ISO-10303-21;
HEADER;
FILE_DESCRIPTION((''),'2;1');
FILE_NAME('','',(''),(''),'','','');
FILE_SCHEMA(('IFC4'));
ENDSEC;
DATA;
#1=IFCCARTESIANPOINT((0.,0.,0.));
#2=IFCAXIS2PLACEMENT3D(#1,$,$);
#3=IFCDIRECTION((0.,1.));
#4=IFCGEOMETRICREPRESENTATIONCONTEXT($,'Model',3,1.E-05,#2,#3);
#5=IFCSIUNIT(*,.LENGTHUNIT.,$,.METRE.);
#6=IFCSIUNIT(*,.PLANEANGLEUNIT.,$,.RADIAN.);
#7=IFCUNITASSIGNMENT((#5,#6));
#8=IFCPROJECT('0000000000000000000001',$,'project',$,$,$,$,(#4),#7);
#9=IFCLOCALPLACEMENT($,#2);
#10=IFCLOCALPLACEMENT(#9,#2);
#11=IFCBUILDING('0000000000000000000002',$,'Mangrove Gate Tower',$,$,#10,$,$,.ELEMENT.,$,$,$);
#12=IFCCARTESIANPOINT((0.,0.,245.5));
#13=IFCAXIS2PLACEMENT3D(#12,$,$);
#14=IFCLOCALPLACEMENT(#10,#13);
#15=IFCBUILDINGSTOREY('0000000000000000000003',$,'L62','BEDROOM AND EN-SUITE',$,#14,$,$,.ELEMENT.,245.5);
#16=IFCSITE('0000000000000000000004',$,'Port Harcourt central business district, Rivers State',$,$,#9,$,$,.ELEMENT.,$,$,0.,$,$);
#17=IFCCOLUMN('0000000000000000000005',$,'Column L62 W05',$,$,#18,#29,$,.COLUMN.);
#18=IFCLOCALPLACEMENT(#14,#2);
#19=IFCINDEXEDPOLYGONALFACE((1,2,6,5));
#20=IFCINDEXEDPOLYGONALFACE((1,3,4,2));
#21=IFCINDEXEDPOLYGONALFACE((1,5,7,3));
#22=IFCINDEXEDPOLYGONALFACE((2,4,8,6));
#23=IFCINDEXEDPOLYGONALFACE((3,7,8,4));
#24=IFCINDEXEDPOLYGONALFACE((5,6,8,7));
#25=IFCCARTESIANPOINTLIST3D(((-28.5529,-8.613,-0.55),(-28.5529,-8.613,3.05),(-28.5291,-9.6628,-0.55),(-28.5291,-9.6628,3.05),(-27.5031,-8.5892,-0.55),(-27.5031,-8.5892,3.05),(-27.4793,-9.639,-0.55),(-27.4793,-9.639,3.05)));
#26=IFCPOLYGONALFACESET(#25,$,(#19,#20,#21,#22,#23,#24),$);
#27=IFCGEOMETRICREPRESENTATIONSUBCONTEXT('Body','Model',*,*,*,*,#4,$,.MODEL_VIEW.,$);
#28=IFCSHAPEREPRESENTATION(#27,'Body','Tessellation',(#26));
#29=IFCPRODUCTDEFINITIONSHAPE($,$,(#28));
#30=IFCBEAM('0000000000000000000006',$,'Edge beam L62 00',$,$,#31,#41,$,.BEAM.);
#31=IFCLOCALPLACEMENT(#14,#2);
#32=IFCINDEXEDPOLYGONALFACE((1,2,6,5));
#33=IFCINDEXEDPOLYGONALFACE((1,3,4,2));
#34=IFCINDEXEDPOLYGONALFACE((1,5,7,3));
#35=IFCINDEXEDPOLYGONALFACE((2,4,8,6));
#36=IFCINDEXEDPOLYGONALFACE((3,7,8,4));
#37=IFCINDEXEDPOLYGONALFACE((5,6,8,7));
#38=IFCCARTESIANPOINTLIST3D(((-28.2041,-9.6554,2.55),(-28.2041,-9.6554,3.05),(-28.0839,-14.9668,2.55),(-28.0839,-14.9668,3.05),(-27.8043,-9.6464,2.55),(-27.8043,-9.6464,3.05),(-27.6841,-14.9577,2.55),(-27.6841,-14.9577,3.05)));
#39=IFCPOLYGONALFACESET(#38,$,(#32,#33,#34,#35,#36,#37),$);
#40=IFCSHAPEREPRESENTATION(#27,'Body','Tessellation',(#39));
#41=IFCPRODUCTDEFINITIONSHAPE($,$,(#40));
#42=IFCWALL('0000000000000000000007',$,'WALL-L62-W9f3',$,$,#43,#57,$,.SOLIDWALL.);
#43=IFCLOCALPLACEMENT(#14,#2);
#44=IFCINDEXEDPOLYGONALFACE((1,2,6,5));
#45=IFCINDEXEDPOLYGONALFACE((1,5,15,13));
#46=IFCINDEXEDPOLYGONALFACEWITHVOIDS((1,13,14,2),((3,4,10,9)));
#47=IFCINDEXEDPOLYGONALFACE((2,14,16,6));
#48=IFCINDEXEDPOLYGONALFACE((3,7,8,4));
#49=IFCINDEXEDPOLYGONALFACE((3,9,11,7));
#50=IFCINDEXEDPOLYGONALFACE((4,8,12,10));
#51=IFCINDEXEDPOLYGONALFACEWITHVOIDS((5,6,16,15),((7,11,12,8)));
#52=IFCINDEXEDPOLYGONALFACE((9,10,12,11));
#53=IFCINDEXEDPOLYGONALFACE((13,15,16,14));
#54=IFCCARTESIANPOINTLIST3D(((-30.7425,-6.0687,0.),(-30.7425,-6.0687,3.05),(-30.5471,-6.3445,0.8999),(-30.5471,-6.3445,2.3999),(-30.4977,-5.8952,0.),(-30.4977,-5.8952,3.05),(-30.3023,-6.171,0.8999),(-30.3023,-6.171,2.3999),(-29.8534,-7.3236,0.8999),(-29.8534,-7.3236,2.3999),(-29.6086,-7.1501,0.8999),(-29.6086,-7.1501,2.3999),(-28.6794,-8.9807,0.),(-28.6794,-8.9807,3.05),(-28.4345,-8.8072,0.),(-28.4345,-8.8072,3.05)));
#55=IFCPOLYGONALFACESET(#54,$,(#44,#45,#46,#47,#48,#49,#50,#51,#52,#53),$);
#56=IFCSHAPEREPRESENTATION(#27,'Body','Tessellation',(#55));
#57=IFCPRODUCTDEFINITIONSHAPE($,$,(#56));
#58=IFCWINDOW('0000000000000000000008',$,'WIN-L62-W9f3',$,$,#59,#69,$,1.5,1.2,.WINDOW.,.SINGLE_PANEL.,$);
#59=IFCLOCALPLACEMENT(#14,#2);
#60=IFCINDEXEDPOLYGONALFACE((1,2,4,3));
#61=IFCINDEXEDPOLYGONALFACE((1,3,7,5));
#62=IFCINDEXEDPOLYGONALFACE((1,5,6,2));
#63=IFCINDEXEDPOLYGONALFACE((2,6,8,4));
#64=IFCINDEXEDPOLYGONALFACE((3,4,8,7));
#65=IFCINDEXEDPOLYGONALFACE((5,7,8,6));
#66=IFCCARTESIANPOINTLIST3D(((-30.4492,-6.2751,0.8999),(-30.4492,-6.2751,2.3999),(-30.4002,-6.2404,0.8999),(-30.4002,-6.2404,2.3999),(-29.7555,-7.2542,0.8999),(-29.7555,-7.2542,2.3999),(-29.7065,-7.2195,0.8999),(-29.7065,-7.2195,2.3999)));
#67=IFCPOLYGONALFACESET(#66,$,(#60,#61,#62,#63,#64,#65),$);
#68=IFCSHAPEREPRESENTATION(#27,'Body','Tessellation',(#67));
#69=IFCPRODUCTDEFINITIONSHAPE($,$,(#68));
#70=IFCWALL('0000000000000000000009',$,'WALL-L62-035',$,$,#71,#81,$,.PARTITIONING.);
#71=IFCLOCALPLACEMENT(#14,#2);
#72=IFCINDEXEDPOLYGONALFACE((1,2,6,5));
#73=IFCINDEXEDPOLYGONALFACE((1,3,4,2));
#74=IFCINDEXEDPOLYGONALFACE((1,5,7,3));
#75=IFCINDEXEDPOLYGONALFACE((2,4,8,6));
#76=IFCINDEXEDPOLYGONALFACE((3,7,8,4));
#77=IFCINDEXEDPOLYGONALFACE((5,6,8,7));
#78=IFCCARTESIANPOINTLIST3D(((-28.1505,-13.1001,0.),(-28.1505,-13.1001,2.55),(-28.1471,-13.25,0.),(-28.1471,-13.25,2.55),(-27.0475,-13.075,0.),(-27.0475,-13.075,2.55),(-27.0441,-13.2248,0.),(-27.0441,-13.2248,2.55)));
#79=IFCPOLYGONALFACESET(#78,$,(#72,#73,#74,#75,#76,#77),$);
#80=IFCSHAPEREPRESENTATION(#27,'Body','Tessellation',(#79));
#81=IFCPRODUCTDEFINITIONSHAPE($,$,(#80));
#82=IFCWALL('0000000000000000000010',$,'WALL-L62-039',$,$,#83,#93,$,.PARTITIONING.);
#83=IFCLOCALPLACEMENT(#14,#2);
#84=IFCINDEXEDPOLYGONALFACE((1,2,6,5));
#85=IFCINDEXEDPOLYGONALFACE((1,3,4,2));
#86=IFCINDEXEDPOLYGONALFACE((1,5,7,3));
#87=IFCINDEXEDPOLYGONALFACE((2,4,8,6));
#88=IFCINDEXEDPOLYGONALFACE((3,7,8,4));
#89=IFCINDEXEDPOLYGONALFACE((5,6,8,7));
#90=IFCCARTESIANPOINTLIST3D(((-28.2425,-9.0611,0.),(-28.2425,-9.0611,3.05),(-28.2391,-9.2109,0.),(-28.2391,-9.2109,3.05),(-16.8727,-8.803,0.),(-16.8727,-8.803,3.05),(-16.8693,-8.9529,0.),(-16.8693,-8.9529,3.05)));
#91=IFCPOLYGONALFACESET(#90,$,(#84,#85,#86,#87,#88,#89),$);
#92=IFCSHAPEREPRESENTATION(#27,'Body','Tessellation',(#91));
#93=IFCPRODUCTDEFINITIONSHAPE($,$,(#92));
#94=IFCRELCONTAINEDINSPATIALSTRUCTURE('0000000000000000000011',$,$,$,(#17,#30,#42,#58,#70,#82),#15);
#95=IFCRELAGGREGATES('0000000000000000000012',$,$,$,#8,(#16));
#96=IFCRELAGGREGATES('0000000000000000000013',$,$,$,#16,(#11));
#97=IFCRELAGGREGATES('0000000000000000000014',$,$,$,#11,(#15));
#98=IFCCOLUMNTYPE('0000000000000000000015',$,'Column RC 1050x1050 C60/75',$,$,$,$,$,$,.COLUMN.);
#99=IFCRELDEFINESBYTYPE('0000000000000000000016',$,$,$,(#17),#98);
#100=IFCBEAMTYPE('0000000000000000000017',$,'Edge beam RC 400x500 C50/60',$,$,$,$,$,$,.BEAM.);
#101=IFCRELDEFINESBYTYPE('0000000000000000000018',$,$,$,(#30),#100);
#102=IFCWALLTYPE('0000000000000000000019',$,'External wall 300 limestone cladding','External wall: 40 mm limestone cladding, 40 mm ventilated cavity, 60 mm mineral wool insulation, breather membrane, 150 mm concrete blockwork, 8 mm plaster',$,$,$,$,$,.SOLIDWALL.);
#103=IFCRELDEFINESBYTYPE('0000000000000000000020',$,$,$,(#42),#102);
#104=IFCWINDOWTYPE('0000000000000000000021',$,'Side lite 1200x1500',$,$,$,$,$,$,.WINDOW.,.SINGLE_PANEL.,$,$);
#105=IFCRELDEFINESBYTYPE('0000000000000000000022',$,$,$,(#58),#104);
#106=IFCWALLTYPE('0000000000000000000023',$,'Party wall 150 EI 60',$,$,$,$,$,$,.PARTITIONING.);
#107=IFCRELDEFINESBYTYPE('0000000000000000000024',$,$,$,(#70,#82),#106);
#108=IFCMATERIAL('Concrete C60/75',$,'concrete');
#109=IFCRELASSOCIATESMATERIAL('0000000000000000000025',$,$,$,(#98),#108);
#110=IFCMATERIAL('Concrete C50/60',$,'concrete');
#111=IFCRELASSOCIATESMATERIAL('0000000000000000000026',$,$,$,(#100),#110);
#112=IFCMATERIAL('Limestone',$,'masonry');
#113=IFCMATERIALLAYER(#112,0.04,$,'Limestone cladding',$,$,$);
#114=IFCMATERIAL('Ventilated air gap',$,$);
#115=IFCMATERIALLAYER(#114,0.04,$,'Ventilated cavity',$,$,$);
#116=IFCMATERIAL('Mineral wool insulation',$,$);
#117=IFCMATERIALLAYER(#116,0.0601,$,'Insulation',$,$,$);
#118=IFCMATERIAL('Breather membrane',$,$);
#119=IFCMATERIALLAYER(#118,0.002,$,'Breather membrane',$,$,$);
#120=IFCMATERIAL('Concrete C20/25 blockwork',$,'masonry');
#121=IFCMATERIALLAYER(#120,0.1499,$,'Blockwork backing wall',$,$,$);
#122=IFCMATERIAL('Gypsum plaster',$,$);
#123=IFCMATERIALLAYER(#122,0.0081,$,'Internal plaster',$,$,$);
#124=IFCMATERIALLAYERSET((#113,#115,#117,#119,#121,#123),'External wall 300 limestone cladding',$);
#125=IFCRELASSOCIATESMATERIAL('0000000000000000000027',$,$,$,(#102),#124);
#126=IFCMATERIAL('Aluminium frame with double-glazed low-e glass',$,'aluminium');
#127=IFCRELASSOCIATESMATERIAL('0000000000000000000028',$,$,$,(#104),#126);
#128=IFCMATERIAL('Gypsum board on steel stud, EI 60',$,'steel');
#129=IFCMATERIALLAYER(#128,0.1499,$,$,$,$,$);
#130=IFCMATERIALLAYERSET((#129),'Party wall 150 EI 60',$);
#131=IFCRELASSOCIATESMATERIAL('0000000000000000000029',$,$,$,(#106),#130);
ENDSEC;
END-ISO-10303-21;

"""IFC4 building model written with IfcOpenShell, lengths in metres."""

from ifc_helpers import new_model, si_unit, direction, frame, frame_2d, origin, origin_2d, place, context, subcontext, project, spatial, rectangle, extrude, material, layer, layer_set, material_profile, profile_set, type_object, element, fill, save


model = new_model("IFC4")

# Units and contexts
model_context = context("Model", 3, precision=1e-05, world=origin(), true_north=direction((0.0, 1.0)))
body_context = subcontext(model_context, "Body", "Model", "MODEL_VIEW")
ifc_project = project(units=[si_unit("LENGTHUNIT", "METRE"), si_unit("PLANEANGLEUNIT", "RADIAN")], contexts=[model_context])

# Site, building, storey
site_placement = place(None, origin())
site = spatial("IfcSite", under=ifc_project, at=site_placement, Name="Port Harcourt central business district, Rivers State", CompositionType="ELEMENT", RefElevation=0.0)
building_placement = place(site_placement, origin())
building = spatial("IfcBuilding", under=site, at=building_placement, Name="Mangrove Gate Tower", CompositionType="ELEMENT")
storey_placement = place(building_placement, frame((0.0, 0.0, 245.5)))
storey = spatial("IfcBuildingStorey", under=building, at=storey_placement, Name="L62", Description="BEDROOM AND EN-SUITE", CompositionType="ELEMENT", Elevation=245.5)

# Column
ifc_material_1 = material(Name="Concrete C60/75", Category="concrete")
ifc_material_profile_1 = material_profile(ifc_material_1, rectangle(XDim=1.05, YDim=1.05, at=origin_2d()))
ifc_profile_set_1 = profile_set([ifc_material_profile_1], Name="Concrete C60/75")
column_type = type_object("IfcColumnType", Name="Column RC 1050x1050 C60/75", PredefinedType="COLUMN", material=ifc_profile_set_1)
column_placement = place(storey_placement, frame((-28.0161, -9.126, -0.55), z_axis=(0.0, 0.0, 1.0), x_axis=(0.022672, -0.999743, 0.0)))
element("IfcColumn", 1, at=column_placement, inside=storey, type_object=column_type, Name="Column L62 W05", PredefinedType="COLUMN", context=body_context, shape_type="SweptSolid", body=[
    extrude(rectangle(XDim=1.05, YDim=1.05, at=origin_2d()), origin(), (0.0, 0.0, 1.0), 3.6001),
])

# Beam
ifc_material_2 = material(Name="Concrete C50/60", Category="concrete")
ifc_material_profile_2 = material_profile(ifc_material_2, rectangle(XDim=0.3999, YDim=0.5, at=origin_2d()))
ifc_profile_set_2 = profile_set([ifc_material_profile_2], Name="Concrete C50/60")
beam_type = type_object("IfcBeamType", Name="Edge beam RC 400x500 C50/60", PredefinedType="BEAM", material=ifc_profile_set_2)
beam_placement = place(storey_placement, frame((-28.0042, -9.6509, 2.8), z_axis=(0.02261, -0.999744, 0.0), x_axis=(0.999744, 0.02261, 0.0)))
element("IfcBeam", 2, at=beam_placement, inside=storey, type_object=beam_type, Name="Edge beam L62 00", PredefinedType="BEAM", context=body_context, shape_type="SweptSolid", body=[
    extrude(rectangle(XDim=0.3999, YDim=0.5, at=origin_2d()), origin(), (0.0, 0.0, 1.0), 5.3127),
])

# Wall, opening, window
ifc_material_3 = material(Name="Limestone", Category="masonry")
ifc_layer_1 = layer(ifc_material_3, 0.04, Name="Limestone cladding")
ifc_material_4 = material(Name="Ventilated air gap")
ifc_layer_2 = layer(ifc_material_4, 0.04, Name="Ventilated cavity")
ifc_material_5 = material(Name="Mineral wool insulation")
ifc_layer_3 = layer(ifc_material_5, 0.0601, Name="Insulation")
ifc_material_6 = material(Name="Breather membrane")
ifc_layer_4 = layer(ifc_material_6, 0.002, Name="Breather membrane")
ifc_material_7 = material(Name="Concrete C20/25 blockwork", Category="masonry")
ifc_layer_5 = layer(ifc_material_7, 0.1499, Name="Blockwork backing wall")
ifc_material_8 = material(Name="Gypsum plaster")
ifc_layer_6 = layer(ifc_material_8, 0.0081, Name="Internal plaster")
ifc_layer_set_1 = layer_set([ifc_layer_1, ifc_layer_2, ifc_layer_3, ifc_layer_4, ifc_layer_5, ifc_layer_6], Name="External wall 300 limestone cladding")
wall_type_1 = type_object("IfcWallType", Name="External wall 300 limestone cladding", Description="External wall: 40 mm limestone cladding, 40 mm ventilated cavity, 60 mm mineral wool insulation, breather membrane, 150 mm concrete blockwork, 8 mm plaster", PredefinedType="SOLIDWALL", material=ifc_layer_set_1)
wall_1_placement = place(storey_placement, frame((-30.6201, -5.9819, 0.0), z_axis=(0.0, 0.0, 1.0), x_axis=(0.578108, -0.81596, 0.0)))
wall_1 = element("IfcWall", 3, at=wall_1_placement, inside=storey, type_object=wall_type_1, Name="WALL-L62-W9f3", PredefinedType="SOLIDWALL", context=body_context, shape_type="SweptSolid", body=[
    extrude(rectangle(XDim=3.5688, YDim=0.3, at=frame_2d((1.7844, 0.0))), origin(), (0.0, 0.0, 1.0), 3.05),
])
opening_1_placement = place(wall_1_placement, frame((0.3379, 0.0, 0.8999)))
opening_1 = element("IfcOpeningElement", 4, at=opening_1_placement, cuts=wall_1, PredefinedType="OPENING", context=body_context, shape_type="SweptSolid", body=[
    extrude(rectangle(XDim=1.2, YDim=1.5, at=frame_2d((0.6001, 0.75))), frame((0.0, 0.1599, 0.0), z_axis=(0.0, -1.0, 0.0), x_axis=(1.0, 0.0, 0.0)), (0.0, 0.0, 1.0), 0.3201),
])
ifc_material_9 = material(Name="Aluminium frame with double-glazed low-e glass", Category="aluminium")
window_type_1 = type_object("IfcWindowType", Name="Side lite 1200x1500", PartitioningType="SINGLE_PANEL", PredefinedType="WINDOW", material=ifc_material_9)
window_1_placement = place(opening_1_placement, origin())
window_1 = element("IfcWindow", 5, at=window_1_placement, inside=storey, type_object=window_type_1, Name="WIN-L62-W9f3", OverallHeight=1.5, OverallWidth=1.2, PartitioningType="SINGLE_PANEL", PredefinedType="WINDOW", context=body_context, shape_type="SweptSolid", body=[
    extrude(rectangle(XDim=1.2, YDim=1.5, at=frame_2d((0.6001, 0.75))), frame((0.0, 0.03, 0.0), z_axis=(0.0, -1.0, 0.0), x_axis=(1.0, 0.0, 0.0)), (0.0, 0.0, 1.0), 0.0601),
])
fill(opening_1, window_1)

# Walls
ifc_material_10 = material(Name="Gypsum board on steel stud, EI 60", Category="steel")
ifc_layer_7 = layer(ifc_material_10, 0.1499)
ifc_layer_set_2 = layer_set([ifc_layer_7], Name="Party wall 150 EI 60")
wall_type_2 = type_object("IfcWallType", Name="Party wall 150 EI 60", PredefinedType="PARTITIONING", material=ifc_layer_set_2)
wall_2_placement = place(storey_placement, frame((-28.1489, -13.175, 0.0), z_axis=(0.0, 0.0, 1.0), x_axis=(0.99974, 0.022792, 0.0)))
element("IfcWall", 6, at=wall_2_placement, inside=storey, type_object=wall_type_2, Name="WALL-L62-035", PredefinedType="PARTITIONING", context=body_context, shape_type="SweptSolid", body=[
    extrude(rectangle(XDim=1.1033, YDim=0.1499, at=frame_2d((0.5518, 0.0))), origin(), (0.0, 0.0, 1.0), 2.55),
])
wall_3_placement = place(storey_placement, frame((-28.241, -9.136, 0.0), z_axis=(0.0, 0.0, 1.0), x_axis=(0.999743, 0.022691, 0.0)))
element("IfcWall", 7, at=wall_3_placement, inside=storey, type_object=wall_type_2, Name="WALL-L62-039", PredefinedType="PARTITIONING", context=body_context, shape_type="SweptSolid", body=[
    extrude(rectangle(XDim=11.3728, YDim=0.1499, at=frame_2d((5.6865, 0.0))), origin(), (0.0, 0.0, 1.0), 3.05),
])

save(model, "model.ifc")
